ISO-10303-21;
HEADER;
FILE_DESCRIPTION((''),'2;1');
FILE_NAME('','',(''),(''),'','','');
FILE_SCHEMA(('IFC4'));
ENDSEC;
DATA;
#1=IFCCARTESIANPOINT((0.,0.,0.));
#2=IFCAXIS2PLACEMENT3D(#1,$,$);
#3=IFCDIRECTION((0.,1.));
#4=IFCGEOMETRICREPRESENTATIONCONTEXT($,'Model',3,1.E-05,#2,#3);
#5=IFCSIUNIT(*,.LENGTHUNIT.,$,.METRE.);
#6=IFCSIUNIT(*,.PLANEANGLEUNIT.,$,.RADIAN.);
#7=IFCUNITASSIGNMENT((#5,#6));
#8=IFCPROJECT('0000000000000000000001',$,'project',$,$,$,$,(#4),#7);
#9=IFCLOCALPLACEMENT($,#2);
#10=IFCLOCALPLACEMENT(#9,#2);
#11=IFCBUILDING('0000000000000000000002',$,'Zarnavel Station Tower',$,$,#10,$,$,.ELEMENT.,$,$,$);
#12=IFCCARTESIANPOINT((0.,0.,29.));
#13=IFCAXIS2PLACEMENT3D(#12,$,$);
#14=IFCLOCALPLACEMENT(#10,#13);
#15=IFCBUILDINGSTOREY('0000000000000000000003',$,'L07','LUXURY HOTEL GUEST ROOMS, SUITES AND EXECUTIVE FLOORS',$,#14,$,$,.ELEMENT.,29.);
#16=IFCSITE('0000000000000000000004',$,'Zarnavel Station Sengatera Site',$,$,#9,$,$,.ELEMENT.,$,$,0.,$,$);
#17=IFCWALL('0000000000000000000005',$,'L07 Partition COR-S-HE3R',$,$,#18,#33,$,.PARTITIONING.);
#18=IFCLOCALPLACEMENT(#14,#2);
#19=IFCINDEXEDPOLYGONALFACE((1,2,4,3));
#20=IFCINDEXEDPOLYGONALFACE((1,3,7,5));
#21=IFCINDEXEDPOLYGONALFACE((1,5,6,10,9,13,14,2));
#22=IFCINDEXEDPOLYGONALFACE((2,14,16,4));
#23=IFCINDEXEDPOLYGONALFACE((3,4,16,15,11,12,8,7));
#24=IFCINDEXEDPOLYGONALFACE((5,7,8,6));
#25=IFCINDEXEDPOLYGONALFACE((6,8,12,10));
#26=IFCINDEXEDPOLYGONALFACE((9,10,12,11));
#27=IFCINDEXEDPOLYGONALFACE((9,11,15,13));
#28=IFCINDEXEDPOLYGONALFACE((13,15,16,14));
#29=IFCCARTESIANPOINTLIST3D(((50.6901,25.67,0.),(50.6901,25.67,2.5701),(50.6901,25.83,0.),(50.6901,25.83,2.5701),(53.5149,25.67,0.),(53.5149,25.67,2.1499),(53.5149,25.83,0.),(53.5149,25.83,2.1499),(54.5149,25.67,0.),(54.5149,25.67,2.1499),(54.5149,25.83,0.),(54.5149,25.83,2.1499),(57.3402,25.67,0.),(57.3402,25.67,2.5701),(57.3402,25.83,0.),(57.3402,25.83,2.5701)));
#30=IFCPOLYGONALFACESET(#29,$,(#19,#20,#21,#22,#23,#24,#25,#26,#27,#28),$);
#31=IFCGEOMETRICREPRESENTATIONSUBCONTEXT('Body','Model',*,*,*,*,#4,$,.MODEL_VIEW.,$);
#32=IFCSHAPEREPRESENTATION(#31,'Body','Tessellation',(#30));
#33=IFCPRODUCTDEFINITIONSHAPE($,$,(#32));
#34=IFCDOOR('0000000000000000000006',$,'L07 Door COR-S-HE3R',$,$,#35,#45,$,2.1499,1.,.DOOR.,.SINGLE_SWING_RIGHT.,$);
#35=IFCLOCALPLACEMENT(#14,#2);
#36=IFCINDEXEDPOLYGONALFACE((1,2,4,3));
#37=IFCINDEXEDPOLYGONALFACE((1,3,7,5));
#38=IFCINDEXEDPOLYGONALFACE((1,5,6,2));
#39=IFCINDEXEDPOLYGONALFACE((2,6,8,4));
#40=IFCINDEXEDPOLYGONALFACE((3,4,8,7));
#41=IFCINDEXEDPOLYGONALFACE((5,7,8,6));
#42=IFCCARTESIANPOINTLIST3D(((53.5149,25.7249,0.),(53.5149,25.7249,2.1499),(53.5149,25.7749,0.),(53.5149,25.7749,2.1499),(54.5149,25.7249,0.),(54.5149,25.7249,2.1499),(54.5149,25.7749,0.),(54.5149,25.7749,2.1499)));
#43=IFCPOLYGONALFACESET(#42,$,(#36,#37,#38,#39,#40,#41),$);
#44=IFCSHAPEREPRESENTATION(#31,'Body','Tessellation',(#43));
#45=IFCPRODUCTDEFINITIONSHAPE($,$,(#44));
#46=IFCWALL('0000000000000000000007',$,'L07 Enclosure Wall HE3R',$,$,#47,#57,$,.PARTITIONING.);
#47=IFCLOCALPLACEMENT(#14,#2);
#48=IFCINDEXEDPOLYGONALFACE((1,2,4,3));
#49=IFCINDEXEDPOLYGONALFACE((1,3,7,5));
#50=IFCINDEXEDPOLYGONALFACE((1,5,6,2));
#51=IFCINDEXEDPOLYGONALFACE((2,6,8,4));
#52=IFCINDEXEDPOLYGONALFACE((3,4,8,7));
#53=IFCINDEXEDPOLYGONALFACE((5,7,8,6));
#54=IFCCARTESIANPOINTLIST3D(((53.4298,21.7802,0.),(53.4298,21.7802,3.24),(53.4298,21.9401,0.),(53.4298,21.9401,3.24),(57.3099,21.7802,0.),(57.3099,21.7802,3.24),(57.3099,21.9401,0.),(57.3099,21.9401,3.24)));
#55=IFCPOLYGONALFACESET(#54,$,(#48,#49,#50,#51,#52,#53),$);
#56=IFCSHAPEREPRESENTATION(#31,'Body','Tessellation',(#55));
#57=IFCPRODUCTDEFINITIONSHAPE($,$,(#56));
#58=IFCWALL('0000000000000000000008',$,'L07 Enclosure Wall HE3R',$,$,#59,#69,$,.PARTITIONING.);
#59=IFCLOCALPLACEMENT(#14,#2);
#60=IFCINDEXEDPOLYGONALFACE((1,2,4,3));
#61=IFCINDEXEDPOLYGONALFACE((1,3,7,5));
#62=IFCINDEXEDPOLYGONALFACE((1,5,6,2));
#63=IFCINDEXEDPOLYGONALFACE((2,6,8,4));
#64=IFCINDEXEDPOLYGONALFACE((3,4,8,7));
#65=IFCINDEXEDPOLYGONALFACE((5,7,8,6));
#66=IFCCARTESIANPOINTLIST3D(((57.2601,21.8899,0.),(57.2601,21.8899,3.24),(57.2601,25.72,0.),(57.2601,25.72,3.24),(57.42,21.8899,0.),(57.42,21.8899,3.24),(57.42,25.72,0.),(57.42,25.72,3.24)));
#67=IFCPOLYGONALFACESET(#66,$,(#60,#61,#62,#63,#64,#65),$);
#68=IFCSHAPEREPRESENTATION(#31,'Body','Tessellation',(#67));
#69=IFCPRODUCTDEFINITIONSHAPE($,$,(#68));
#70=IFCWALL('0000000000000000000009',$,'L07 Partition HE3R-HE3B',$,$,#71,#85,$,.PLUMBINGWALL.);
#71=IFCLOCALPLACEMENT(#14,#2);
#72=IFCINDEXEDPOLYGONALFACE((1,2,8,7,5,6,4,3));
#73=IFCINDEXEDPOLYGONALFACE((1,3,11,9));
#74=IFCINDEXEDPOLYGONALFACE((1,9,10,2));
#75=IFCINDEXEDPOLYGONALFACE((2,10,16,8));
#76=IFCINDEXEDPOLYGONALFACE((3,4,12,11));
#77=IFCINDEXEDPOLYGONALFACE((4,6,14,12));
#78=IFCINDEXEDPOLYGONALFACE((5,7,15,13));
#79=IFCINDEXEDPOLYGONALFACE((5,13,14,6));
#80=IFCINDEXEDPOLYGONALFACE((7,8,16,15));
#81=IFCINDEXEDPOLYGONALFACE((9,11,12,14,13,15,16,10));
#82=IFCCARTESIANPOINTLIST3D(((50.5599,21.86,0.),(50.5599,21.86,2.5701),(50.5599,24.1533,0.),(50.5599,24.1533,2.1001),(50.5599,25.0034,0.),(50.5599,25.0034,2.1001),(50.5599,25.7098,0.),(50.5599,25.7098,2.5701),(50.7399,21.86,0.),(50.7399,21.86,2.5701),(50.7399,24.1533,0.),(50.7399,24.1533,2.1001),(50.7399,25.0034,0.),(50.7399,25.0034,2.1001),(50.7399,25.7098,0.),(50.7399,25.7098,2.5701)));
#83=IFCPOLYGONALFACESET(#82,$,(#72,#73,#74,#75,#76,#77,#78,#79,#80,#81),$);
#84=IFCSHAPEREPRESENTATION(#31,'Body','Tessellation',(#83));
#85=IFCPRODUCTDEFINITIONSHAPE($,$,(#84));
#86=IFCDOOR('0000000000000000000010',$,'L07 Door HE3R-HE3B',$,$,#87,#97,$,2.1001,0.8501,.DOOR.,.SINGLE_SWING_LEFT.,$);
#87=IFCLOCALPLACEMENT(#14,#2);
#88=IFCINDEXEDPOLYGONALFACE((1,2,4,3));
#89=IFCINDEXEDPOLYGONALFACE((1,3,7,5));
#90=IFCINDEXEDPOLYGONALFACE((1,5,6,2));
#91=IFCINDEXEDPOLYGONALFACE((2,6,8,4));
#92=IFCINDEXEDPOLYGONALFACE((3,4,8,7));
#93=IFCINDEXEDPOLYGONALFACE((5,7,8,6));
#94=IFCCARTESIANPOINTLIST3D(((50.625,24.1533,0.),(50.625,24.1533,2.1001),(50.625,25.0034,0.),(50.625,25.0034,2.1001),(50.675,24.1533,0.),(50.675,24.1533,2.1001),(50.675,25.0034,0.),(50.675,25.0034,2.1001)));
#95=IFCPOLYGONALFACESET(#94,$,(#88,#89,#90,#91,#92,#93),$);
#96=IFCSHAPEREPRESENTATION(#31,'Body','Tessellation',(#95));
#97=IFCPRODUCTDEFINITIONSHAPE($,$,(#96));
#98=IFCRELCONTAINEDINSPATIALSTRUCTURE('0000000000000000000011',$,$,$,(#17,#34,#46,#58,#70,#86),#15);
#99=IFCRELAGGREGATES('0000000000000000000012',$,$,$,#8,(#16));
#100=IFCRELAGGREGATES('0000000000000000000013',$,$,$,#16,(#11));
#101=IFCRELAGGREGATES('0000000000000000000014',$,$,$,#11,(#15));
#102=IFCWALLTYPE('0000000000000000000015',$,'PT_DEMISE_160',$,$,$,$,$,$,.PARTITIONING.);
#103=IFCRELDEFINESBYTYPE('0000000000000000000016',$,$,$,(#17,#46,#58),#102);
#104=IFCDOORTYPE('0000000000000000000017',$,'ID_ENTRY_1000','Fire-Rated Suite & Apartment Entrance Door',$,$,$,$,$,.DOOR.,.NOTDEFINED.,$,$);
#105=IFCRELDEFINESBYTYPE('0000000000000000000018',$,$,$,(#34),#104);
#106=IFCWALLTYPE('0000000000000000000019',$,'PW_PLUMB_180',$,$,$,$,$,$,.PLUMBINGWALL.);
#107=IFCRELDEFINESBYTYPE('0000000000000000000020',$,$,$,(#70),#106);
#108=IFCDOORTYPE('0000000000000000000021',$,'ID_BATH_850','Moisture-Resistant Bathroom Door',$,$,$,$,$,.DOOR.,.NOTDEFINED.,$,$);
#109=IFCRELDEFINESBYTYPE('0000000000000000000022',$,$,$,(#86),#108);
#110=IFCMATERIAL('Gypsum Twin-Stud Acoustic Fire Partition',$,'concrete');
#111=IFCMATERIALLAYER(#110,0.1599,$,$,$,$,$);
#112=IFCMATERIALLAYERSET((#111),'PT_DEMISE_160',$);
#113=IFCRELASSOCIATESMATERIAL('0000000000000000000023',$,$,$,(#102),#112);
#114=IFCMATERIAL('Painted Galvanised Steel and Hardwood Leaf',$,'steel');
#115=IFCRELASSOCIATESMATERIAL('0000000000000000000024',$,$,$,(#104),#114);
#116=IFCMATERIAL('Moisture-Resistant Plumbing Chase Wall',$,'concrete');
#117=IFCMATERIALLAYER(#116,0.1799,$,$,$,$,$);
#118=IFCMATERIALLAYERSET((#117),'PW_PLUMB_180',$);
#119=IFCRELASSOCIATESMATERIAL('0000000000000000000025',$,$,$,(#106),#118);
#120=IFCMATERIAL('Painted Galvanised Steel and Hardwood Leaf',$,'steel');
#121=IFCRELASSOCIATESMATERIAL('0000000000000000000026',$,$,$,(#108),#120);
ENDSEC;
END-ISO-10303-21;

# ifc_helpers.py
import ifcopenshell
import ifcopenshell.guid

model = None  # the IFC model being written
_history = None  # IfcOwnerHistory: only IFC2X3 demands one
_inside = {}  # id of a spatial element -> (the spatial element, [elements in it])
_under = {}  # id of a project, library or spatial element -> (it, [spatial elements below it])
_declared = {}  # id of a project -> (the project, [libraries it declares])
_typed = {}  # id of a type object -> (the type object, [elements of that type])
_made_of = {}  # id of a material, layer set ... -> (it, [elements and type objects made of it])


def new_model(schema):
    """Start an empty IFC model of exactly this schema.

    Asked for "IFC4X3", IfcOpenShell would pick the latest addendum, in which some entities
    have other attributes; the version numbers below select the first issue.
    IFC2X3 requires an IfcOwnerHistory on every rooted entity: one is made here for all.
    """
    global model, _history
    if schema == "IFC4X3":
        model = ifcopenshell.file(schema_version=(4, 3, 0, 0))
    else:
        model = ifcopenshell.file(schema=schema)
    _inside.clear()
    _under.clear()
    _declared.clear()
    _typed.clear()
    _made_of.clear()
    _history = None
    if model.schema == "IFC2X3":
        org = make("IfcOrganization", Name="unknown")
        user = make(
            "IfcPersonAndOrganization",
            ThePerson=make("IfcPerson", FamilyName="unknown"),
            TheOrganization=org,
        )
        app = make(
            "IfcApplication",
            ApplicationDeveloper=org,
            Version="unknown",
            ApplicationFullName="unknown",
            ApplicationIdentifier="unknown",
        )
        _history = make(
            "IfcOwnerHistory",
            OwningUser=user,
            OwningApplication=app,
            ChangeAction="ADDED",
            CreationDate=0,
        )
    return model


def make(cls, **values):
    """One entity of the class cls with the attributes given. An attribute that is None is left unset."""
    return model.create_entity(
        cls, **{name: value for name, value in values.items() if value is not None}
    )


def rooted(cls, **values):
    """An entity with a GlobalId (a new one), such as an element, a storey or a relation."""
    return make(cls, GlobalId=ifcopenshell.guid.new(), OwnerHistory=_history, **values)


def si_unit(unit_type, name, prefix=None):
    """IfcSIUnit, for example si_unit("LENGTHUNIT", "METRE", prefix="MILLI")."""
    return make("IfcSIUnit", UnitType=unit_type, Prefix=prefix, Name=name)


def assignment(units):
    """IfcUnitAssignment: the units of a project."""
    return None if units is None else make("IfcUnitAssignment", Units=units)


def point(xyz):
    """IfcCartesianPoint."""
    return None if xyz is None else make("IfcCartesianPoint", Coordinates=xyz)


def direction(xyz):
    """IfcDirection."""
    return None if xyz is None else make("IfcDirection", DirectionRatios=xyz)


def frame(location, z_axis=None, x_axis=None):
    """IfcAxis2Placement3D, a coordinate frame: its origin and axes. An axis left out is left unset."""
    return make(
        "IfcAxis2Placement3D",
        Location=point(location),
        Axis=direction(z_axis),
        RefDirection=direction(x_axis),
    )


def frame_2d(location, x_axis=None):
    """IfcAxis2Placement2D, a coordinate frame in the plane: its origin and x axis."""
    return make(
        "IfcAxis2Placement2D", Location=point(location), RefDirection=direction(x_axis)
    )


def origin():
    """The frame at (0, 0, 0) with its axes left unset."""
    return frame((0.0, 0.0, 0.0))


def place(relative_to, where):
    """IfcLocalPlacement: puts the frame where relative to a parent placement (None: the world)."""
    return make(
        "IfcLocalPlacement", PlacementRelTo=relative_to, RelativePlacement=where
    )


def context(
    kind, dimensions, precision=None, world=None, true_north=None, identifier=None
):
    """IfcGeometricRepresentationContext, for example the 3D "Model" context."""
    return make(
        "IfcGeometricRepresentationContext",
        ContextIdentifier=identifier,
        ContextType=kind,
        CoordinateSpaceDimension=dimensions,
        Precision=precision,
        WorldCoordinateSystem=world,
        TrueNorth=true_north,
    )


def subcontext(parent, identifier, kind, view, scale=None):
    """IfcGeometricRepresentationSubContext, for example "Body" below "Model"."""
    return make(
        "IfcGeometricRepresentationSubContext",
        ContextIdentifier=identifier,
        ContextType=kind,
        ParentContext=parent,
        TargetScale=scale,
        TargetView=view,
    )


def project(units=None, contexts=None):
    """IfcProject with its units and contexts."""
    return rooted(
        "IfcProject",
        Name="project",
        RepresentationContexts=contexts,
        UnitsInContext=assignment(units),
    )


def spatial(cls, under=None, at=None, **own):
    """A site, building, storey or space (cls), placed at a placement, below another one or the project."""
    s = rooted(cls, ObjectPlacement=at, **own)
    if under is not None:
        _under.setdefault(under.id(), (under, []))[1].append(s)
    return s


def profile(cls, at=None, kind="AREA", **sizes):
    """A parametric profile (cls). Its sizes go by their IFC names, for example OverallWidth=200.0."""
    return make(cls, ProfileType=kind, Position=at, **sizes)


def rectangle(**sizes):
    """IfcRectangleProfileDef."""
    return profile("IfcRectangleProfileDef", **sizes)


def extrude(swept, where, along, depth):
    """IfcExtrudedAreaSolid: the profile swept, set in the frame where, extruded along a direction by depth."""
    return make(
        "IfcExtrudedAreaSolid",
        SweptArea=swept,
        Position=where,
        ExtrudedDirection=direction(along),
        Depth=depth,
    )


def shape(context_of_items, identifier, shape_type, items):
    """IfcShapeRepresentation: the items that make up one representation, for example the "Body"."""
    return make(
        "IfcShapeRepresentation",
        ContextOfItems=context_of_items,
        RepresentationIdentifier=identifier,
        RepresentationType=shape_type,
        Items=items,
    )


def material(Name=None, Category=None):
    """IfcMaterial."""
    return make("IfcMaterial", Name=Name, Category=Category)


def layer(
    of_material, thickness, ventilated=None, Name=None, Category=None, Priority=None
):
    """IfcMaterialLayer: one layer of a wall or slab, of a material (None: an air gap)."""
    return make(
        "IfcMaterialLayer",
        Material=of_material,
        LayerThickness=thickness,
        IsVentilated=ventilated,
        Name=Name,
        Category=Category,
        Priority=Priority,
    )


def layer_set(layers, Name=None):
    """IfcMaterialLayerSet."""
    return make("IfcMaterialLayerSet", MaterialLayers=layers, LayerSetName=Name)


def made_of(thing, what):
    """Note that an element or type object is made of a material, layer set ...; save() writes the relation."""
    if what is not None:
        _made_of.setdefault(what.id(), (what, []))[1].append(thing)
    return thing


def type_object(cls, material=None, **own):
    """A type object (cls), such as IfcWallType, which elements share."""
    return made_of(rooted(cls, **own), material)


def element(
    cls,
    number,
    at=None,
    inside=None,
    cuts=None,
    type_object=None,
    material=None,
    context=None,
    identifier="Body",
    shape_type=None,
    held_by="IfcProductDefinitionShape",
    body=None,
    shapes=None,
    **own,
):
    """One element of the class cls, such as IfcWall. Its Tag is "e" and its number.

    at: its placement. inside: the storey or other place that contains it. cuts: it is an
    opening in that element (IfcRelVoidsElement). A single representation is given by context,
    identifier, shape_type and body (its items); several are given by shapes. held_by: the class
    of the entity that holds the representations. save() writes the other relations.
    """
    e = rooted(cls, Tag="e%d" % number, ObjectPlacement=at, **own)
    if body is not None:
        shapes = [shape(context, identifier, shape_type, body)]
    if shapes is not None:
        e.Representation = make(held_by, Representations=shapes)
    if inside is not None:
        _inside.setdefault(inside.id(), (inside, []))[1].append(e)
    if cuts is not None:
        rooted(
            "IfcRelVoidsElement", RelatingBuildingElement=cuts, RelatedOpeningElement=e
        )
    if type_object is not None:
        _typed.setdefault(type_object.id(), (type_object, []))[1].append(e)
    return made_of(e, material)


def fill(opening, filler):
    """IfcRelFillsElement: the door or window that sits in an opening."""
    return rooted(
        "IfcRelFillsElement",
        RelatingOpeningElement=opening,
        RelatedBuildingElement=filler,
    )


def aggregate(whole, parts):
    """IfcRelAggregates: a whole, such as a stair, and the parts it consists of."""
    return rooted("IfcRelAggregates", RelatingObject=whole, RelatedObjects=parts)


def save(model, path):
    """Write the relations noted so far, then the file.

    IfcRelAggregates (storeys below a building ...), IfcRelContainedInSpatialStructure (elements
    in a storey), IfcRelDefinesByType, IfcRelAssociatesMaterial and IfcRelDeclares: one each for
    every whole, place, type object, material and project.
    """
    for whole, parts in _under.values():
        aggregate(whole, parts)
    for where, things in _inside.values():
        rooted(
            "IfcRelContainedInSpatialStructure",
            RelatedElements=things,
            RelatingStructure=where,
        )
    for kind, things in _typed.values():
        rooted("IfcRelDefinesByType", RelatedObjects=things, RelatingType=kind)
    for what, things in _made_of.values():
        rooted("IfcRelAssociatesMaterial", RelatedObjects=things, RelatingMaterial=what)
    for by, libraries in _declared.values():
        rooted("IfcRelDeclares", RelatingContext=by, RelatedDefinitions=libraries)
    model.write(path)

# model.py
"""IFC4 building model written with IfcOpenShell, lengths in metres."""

from ifc_helpers import new_model, si_unit, direction, frame, frame_2d, origin, place, context, subcontext, project, spatial, rectangle, extrude, material, layer, layer_set, type_object, element, fill, save


model = new_model("IFC4")

# Units and contexts
model_context = context("Model", 3, precision=1e-05, world=origin(), true_north=direction((0.0, 1.0)))
body_context = subcontext(model_context, "Body", "Model", "MODEL_VIEW")
ifc_project = project(units=[si_unit("LENGTHUNIT", "METRE"), si_unit("PLANEANGLEUNIT", "RADIAN")], contexts=[model_context])

# Site, building, storey
site_placement = place(None, origin())
site = spatial("IfcSite", under=ifc_project, at=site_placement, Name="Zarnavel Station Sengatera Site", CompositionType="ELEMENT", RefElevation=0.0)
building_placement = place(site_placement, origin())
building = spatial("IfcBuilding", under=site, at=building_placement, Name="Zarnavel Station Tower", CompositionType="ELEMENT")
storey_placement = place(building_placement, frame((0.0, 0.0, 29.0)))
storey = spatial("IfcBuildingStorey", under=building, at=storey_placement, Name="L07", Description="LUXURY HOTEL GUEST ROOMS, SUITES AND EXECUTIVE FLOORS", CompositionType="ELEMENT", Elevation=29.0)

# Wall, opening, door
ifc_material_1 = material(Name="Gypsum Twin-Stud Acoustic Fire Partition", Category="concrete")
ifc_layer_1 = layer(ifc_material_1, 0.1599)
ifc_layer_set_1 = layer_set([ifc_layer_1], Name="PT_DEMISE_160")
wall_type_1 = type_object("IfcWallType", Name="PT_DEMISE_160", PredefinedType="PARTITIONING", material=ifc_layer_set_1)
wall_1_placement = place(storey_placement, frame((50.6899, 25.75, 0.0), z_axis=(0.0, 0.0, 1.0), x_axis=(1.0, 0.0, 0.0)))
wall_1 = element("IfcWall", 1, at=wall_1_placement, inside=storey, type_object=wall_type_1, Name="L07 Partition COR-S-HE3R", PredefinedType="PARTITIONING", context=body_context, shape_type="SweptSolid", body=[
    extrude(rectangle(XDim=6.6501, YDim=0.1599, at=frame_2d((3.3252, 0.0))), origin(), (0.0, 0.0, 1.0), 2.5701),
])
opening_1_placement = place(wall_1_placement, frame((2.825, 0.0, 0.0)))
opening_1 = element("IfcOpeningElement", 2, at=opening_1_placement, cuts=wall_1, PredefinedType="OPENING", context=body_context, shape_type="SweptSolid", body=[
    extrude(rectangle(XDim=1.0, YDim=2.1499, at=frame_2d((0.5, 1.075))), frame((0.0, 0.0898, 0.0), z_axis=(0.0, -1.0, 0.0), x_axis=(1.0, 0.0, 0.0)), (0.0, 0.0, 1.0), 0.1799),
])
ifc_material_2 = material(Name="Painted Galvanised Steel and Hardwood Leaf", Category="steel")
door_type_1 = type_object("IfcDoorType", Name="ID_ENTRY_1000", Description="Fire-Rated Suite & Apartment Entrance Door", OperationType="NOTDEFINED", PredefinedType="DOOR", material=ifc_material_2)
door_1_placement = place(opening_1_placement, origin())
door_1 = element("IfcDoor", 3, at=door_1_placement, inside=storey, type_object=door_type_1, Name="L07 Door COR-S-HE3R", OperationType="SINGLE_SWING_RIGHT", OverallHeight=2.1499, OverallWidth=1.0, PredefinedType="DOOR", context=body_context, shape_type="SweptSolid", body=[
    extrude(rectangle(XDim=1.0, YDim=2.1499, at=frame_2d((0.5, 1.075))), frame((0.0, 0.0249, 0.0), z_axis=(0.0, -1.0, 0.0), x_axis=(1.0, 0.0, 0.0)), (0.0, 0.0, 1.0), 0.05),
])
fill(opening_1, door_1)

# Walls
wall_2_placement = place(storey_placement, frame((53.4299, 21.8601, 0.0), z_axis=(0.0, 0.0, 1.0), x_axis=(1.0, 0.0, 0.0)))
element("IfcWall", 4, at=wall_2_placement, inside=storey, type_object=wall_type_1, Name="L07 Enclosure Wall HE3R", PredefinedType="PARTITIONING", context=body_context, shape_type="SweptSolid", body=[
    extrude(rectangle(XDim=3.8801, YDim=0.1599, at=frame_2d((1.9399, 0.0))), origin(), (0.0, 0.0, 1.0), 3.24),
])
wall_3_placement = place(storey_placement, frame((57.3401, 21.8899, 0.0), z_axis=(0.0, 0.0, 1.0), x_axis=(0.0, 1.0, 0.0)))
element("IfcWall", 5, at=wall_3_placement, inside=storey, type_object=wall_type_1, Name="L07 Enclosure Wall HE3R", PredefinedType="PARTITIONING", context=body_context, shape_type="SweptSolid", body=[
    extrude(rectangle(XDim=3.8301, YDim=0.1599, at=frame_2d((1.915, 0.0))), origin(), (0.0, 0.0, 1.0), 3.24),
])

# Wall, opening, door
ifc_material_3 = material(Name="Moisture-Resistant Plumbing Chase Wall", Category="concrete")
ifc_layer_2 = layer(ifc_material_3, 0.1799)
ifc_layer_set_2 = layer_set([ifc_layer_2], Name="PW_PLUMB_180")
wall_type_2 = type_object("IfcWallType", Name="PW_PLUMB_180", PredefinedType="PLUMBINGWALL", material=ifc_layer_set_2)
wall_4_placement = place(storey_placement, frame((50.6499, 21.8601, 0.0), z_axis=(0.0, 0.0, 1.0), x_axis=(0.0, 1.0, 0.0)))
wall_4 = element("IfcWall", 6, at=wall_4_placement, inside=storey, type_object=wall_type_2, Name="L07 Partition HE3R-HE3B", PredefinedType="PLUMBINGWALL", context=body_context, shape_type="SweptSolid", body=[
    extrude(rectangle(XDim=3.8499, YDim=0.1799, at=frame_2d((1.9248, 0.0))), origin(), (0.0, 0.0, 1.0), 2.5701),
])
opening_2_placement = place(wall_4_placement, frame((2.2932, 0.0, 0.0)))
opening_2 = element("IfcOpeningElement", 7, at=opening_2_placement, cuts=wall_4, PredefinedType="OPENING", context=body_context, shape_type="SweptSolid", body=[
    extrude(rectangle(XDim=0.8501, YDim=2.1001, at=frame_2d((0.425, 1.05))), frame((0.0, 0.0999, 0.0), z_axis=(0.0, -1.0, 0.0), x_axis=(1.0, 0.0, 0.0)), (0.0, 0.0, 1.0), 0.2),
])
ifc_material_4 = material(Name="Painted Galvanised Steel and Hardwood Leaf", Category="steel")
door_type_2 = type_object("IfcDoorType", Name="ID_BATH_850", Description="Moisture-Resistant Bathroom Door", OperationType="NOTDEFINED", PredefinedType="DOOR", material=ifc_material_4)
door_2_placement = place(opening_2_placement, origin())
door_2 = element("IfcDoor", 8, at=door_2_placement, inside=storey, type_object=door_type_2, Name="L07 Door HE3R-HE3B", OperationType="SINGLE_SWING_LEFT", OverallHeight=2.1001, OverallWidth=0.8501, PredefinedType="DOOR", context=body_context, shape_type="SweptSolid", body=[
    extrude(rectangle(XDim=0.8501, YDim=2.1001, at=frame_2d((0.425, 1.05))), frame((0.0, 0.0249, 0.0), z_axis=(0.0, -1.0, 0.0), x_axis=(1.0, 0.0, 0.0)), (0.0, 0.0, 1.0), 0.05),
])
fill(opening_2, door_2)

save(model, "model.ifc")
